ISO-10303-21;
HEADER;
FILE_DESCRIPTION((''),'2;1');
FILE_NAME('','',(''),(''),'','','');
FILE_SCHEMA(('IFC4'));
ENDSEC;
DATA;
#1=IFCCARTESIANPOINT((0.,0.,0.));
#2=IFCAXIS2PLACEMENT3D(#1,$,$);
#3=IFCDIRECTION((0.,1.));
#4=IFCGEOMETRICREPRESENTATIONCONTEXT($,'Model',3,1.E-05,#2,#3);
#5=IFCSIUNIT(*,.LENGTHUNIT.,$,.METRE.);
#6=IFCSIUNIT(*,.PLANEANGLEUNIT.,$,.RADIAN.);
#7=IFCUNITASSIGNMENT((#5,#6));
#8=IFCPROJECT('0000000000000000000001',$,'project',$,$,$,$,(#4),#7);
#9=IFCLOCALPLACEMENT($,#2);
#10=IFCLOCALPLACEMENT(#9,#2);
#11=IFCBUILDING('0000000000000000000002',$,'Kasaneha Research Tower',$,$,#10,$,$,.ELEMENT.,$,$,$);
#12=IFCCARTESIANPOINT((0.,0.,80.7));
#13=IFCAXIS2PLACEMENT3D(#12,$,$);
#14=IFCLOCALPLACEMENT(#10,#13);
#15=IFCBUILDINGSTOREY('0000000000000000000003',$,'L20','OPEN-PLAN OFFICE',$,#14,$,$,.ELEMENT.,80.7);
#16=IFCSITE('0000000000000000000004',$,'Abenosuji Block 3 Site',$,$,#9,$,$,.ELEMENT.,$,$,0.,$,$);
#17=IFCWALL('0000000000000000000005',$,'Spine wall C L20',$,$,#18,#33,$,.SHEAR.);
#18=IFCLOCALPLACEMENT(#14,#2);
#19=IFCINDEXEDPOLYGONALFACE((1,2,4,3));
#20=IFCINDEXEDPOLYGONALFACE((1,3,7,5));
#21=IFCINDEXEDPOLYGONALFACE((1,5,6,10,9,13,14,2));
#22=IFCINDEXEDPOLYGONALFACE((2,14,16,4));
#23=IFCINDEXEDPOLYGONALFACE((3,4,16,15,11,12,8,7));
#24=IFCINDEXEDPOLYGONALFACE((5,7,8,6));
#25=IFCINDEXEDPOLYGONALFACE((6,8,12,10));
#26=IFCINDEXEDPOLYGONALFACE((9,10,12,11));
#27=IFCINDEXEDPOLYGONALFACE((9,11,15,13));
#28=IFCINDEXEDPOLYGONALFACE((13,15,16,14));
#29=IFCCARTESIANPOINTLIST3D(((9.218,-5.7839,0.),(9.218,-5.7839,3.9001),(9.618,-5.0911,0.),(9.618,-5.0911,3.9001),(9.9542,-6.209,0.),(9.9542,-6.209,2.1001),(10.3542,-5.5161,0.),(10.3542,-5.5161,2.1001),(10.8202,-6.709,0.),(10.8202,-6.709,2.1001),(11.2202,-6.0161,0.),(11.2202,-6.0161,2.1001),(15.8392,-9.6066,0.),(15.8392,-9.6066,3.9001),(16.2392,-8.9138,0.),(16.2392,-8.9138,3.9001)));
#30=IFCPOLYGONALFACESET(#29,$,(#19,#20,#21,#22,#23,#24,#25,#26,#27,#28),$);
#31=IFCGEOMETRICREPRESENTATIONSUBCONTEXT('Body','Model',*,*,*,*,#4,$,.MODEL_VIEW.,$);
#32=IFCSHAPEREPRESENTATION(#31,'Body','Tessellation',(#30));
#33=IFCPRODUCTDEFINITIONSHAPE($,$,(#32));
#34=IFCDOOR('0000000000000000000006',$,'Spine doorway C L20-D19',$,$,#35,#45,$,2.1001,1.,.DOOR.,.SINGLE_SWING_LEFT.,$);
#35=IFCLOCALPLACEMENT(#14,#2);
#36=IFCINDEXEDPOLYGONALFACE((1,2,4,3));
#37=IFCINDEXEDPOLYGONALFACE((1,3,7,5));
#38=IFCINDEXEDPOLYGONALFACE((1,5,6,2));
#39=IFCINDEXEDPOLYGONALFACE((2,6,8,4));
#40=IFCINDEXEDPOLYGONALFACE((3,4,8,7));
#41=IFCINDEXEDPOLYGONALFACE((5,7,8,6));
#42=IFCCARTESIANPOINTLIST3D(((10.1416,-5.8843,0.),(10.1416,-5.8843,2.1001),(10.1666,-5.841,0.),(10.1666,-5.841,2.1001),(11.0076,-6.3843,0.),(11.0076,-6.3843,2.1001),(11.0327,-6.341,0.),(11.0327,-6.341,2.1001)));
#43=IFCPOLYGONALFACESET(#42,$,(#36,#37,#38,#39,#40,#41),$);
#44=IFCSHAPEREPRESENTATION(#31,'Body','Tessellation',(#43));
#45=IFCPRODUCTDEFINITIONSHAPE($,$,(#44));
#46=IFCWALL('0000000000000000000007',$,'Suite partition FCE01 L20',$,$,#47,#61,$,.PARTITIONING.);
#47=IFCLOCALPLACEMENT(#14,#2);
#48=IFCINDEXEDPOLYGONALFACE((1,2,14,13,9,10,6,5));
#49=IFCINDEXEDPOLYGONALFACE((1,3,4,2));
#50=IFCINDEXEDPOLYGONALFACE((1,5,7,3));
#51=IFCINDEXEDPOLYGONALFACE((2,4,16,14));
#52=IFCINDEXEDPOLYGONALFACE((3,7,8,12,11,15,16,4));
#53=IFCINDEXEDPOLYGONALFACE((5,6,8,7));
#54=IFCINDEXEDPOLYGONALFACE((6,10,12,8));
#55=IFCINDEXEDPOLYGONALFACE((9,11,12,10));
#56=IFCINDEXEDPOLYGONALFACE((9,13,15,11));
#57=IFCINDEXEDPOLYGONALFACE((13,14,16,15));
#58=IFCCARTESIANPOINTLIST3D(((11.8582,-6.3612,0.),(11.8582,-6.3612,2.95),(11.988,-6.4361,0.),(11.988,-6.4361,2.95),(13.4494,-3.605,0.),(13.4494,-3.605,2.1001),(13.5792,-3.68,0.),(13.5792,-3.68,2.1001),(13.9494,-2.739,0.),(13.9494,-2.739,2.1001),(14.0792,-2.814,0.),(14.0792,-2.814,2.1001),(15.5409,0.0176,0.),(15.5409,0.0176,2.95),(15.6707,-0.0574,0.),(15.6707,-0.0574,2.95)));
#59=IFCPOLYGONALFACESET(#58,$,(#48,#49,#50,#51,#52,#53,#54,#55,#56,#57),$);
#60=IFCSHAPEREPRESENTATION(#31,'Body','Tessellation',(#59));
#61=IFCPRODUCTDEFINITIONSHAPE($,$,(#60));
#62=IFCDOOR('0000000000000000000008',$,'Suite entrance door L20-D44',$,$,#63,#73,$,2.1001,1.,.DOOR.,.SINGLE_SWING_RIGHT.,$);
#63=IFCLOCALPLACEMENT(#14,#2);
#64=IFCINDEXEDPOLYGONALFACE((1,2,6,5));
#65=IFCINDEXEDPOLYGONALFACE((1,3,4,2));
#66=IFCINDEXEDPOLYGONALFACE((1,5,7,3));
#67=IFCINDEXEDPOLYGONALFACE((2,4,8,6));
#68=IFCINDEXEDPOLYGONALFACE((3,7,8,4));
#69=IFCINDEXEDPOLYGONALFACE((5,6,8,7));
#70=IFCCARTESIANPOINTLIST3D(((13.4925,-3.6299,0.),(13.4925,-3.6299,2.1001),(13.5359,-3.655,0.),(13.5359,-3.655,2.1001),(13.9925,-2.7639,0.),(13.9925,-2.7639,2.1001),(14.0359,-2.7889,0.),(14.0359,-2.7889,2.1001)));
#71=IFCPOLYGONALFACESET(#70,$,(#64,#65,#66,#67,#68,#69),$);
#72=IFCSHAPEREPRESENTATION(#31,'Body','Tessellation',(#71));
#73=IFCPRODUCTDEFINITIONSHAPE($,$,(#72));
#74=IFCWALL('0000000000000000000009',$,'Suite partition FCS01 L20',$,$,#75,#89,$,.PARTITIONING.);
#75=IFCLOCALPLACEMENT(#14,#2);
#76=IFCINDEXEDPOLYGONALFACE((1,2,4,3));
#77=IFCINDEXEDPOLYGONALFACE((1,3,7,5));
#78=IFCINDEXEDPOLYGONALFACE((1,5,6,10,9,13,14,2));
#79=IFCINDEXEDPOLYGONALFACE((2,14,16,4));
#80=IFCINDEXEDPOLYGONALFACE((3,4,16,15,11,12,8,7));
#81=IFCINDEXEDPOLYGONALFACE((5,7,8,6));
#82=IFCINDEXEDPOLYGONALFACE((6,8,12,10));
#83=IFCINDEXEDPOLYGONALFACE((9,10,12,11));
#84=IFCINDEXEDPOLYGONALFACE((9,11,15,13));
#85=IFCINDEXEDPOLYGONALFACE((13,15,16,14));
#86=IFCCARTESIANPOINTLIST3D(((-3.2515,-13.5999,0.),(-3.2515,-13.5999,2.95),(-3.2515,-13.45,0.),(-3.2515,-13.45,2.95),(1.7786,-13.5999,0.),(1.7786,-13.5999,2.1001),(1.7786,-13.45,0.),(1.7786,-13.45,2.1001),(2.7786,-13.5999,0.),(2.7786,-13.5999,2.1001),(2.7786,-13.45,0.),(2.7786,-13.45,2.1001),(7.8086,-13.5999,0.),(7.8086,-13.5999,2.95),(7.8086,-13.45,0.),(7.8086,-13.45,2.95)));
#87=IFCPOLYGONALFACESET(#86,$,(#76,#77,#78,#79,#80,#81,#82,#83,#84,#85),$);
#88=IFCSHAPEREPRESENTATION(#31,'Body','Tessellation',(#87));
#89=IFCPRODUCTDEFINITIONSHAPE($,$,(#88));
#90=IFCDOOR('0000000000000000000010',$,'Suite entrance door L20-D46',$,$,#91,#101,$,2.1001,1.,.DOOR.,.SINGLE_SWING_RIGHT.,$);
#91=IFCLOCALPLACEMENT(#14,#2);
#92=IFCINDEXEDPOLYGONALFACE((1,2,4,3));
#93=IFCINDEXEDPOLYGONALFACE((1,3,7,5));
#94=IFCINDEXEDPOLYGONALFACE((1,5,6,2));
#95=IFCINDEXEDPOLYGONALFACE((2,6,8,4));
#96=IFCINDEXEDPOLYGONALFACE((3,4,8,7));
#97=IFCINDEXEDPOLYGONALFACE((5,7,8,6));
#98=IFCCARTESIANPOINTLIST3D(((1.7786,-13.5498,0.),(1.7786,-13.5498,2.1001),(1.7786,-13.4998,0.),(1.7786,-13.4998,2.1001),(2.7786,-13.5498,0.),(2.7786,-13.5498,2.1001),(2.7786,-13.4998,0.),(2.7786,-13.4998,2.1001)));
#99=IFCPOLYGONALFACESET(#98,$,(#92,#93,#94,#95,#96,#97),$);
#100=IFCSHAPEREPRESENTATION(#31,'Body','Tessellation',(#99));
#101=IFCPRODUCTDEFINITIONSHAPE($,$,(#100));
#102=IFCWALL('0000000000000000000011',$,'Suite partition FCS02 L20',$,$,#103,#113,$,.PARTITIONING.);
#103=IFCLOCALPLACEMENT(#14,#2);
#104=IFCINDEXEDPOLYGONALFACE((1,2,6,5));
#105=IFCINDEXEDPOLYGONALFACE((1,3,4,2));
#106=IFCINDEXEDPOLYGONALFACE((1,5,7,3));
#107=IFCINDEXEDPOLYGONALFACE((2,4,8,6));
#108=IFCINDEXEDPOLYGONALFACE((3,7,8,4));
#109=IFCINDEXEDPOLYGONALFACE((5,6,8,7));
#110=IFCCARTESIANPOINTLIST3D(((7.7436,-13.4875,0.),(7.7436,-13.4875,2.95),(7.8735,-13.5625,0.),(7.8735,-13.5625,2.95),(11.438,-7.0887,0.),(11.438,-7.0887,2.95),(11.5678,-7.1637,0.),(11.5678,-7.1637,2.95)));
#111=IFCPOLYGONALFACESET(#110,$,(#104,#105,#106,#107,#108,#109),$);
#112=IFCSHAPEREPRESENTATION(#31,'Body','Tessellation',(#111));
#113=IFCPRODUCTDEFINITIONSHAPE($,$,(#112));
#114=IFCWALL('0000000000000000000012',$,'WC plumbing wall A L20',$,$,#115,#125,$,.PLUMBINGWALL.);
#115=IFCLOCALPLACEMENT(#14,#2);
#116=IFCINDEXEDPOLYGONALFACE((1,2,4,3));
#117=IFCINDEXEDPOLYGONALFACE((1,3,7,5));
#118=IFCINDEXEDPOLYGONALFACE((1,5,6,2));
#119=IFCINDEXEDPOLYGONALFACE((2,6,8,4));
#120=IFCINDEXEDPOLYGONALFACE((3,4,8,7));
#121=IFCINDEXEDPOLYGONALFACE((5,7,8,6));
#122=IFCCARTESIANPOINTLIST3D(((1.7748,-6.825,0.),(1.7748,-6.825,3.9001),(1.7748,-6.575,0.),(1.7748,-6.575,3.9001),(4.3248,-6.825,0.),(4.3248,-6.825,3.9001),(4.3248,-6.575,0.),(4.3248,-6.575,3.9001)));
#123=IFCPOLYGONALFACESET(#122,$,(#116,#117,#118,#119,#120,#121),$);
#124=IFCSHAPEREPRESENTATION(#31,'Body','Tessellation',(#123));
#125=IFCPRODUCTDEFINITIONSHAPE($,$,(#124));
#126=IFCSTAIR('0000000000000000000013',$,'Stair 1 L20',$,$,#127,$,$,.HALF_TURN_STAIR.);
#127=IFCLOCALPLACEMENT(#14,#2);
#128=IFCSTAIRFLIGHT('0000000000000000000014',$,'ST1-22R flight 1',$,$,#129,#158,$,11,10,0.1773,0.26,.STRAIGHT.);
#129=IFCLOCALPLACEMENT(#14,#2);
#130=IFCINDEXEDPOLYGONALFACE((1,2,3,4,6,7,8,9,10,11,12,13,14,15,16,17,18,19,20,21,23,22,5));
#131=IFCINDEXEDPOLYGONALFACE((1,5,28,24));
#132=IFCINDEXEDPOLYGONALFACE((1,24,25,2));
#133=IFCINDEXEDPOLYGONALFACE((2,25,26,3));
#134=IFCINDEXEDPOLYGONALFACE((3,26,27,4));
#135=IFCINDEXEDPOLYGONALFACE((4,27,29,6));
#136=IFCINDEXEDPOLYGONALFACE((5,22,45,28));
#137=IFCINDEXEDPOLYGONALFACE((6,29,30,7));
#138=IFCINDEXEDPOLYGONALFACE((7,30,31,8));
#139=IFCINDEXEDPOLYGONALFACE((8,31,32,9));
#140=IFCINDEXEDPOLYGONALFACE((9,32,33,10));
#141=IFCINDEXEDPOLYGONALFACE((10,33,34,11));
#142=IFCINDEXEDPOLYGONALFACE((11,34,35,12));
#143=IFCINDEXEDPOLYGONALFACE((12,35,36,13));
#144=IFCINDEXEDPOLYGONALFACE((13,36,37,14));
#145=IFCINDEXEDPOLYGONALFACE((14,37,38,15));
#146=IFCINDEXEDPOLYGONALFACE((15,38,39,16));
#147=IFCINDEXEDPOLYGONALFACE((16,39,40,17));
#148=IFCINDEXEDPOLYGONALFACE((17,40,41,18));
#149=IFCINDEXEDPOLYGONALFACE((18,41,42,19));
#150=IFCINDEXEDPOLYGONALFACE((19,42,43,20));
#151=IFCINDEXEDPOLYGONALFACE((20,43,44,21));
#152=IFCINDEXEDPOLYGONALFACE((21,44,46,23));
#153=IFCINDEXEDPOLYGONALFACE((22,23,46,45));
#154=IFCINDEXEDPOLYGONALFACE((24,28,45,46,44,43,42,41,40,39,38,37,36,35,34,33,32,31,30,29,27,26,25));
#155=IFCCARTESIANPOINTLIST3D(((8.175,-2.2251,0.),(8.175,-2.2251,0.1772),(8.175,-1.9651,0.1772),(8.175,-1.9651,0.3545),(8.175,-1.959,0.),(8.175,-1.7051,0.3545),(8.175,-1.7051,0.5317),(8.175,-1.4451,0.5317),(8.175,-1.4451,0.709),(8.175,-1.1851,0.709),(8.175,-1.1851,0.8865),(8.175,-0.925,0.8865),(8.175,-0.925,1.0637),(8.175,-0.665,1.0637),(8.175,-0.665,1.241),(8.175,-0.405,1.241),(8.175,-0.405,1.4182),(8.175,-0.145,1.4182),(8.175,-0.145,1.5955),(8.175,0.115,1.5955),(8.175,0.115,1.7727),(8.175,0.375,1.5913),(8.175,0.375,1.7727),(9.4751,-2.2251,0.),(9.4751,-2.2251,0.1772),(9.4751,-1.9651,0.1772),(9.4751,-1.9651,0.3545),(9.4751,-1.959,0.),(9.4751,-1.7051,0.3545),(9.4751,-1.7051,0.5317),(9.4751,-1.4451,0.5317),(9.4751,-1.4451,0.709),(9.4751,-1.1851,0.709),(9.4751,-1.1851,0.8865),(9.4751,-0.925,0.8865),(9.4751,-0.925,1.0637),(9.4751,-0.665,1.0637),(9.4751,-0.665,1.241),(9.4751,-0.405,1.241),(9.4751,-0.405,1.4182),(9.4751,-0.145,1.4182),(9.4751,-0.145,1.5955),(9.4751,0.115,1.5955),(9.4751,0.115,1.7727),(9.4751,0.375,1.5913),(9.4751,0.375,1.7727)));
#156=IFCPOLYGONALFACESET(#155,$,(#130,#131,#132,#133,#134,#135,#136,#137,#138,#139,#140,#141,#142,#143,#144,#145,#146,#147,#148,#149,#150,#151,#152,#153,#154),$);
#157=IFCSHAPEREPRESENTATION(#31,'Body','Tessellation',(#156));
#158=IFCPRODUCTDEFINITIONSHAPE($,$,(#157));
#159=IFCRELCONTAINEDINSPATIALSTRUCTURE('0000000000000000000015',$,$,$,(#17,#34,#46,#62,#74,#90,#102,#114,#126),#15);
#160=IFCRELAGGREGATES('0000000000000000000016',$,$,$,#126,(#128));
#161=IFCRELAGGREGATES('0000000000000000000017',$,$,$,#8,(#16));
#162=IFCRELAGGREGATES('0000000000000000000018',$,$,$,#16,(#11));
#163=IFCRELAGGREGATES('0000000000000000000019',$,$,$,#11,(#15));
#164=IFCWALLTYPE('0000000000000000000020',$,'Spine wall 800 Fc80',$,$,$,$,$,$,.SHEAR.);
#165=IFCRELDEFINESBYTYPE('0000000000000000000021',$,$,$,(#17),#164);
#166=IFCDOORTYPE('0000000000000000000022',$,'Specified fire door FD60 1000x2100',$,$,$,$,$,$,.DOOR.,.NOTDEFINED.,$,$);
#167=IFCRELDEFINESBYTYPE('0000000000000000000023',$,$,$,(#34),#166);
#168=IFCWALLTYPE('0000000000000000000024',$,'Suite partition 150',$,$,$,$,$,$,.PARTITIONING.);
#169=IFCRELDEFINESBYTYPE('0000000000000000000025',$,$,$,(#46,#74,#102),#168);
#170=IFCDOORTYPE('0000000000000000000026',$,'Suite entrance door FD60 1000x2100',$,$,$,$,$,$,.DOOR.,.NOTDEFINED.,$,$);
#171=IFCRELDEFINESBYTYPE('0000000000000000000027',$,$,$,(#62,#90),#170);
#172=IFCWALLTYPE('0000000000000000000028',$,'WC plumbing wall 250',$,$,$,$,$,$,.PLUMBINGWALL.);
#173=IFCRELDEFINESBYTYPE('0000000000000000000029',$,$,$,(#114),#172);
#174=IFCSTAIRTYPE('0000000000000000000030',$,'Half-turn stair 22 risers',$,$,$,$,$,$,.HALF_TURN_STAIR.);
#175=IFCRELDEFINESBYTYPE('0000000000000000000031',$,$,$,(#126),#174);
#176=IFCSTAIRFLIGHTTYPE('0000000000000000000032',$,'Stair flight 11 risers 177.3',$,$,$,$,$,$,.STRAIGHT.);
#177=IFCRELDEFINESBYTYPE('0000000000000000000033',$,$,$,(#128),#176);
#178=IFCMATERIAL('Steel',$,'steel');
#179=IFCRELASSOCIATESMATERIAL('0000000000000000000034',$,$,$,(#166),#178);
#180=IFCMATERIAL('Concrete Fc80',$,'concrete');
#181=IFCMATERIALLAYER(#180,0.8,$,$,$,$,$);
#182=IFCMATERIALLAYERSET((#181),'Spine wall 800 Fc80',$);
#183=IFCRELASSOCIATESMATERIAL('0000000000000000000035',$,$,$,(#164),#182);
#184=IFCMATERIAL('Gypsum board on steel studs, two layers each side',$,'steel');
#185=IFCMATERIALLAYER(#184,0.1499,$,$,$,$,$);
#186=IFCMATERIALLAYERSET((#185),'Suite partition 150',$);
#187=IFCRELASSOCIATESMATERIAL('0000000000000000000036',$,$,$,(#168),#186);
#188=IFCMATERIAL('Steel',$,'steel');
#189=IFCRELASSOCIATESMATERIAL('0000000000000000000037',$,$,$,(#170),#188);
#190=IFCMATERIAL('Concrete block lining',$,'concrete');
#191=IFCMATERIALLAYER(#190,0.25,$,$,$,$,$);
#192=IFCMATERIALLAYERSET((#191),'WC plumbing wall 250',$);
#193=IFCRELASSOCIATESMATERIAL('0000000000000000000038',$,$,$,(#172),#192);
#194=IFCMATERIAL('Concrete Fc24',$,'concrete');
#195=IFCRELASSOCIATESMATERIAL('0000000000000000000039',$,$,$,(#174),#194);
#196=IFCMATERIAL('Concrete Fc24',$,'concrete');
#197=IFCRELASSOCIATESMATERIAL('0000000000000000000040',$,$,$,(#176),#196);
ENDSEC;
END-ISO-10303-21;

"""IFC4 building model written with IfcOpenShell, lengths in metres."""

from ifc_helpers import new_model, si_unit, direction, frame, frame_2d, origin, place, context, subcontext, project, spatial, polyline, rectangle, outline, extrude, material, layer, layer_set, type_object, element, fill, aggregate, save


model = new_model("IFC4")

# Units and contexts
model_context = context("Model", 3, precision=1e-05, world=origin(), true_north=direction((0.0, 1.0)))
body_context = subcontext(model_context, "Body", "Model", "MODEL_VIEW")
ifc_project = project(units=[si_unit("LENGTHUNIT", "METRE"), si_unit("PLANEANGLEUNIT", "RADIAN")], contexts=[model_context])

# Site, building, storey
site_placement = place(None, origin())
site = spatial("IfcSite", under=ifc_project, at=site_placement, Name="Abenosuji Block 3 Site", CompositionType="ELEMENT", RefElevation=0.0)
building_placement = place(site_placement, origin())
building = spatial("IfcBuilding", under=site, at=building_placement, Name="Kasaneha Research Tower", CompositionType="ELEMENT")
storey_placement = place(building_placement, frame((0.0, 0.0, 80.7)))
storey = spatial("IfcBuildingStorey", under=building, at=storey_placement, Name="L20", Description="OPEN-PLAN OFFICE", CompositionType="ELEMENT", Elevation=80.7)

# Shared definitions
ifc_material_1 = material(Name="Steel", Category="steel")
door_type_1 = type_object("IfcDoorType", Name="Specified fire door FD60 1000x2100", OperationType="NOTDEFINED", PredefinedType="DOOR", material=ifc_material_1)

# Walls, openings, doors
ifc_material_2 = material(Name="Concrete Fc80", Category="concrete")
ifc_layer_1 = layer(ifc_material_2, 0.8)
ifc_layer_set_1 = layer_set([ifc_layer_1], Name="Spine wall 800 Fc80")
wall_type_1 = type_object("IfcWallType", Name="Spine wall 800 Fc80", PredefinedType="SHEAR", material=ifc_layer_set_1)
wall_1_placement = place(storey_placement, frame((9.418, -5.4375, 0.0), z_axis=(0.0, 0.0, 1.0), x_axis=(0.86603, -0.499992, 0.0)))
wall_1 = element("IfcWall", 1, at=wall_1_placement, inside=storey, type_object=wall_type_1, Name="Spine wall C L20", PredefinedType="SHEAR", context=body_context, shape_type="SweptSolid", body=[
    extrude(rectangle(XDim=7.6455, YDim=0.8, at=frame_2d((3.8228, 0.0))), origin(), (0.0, 0.0, 1.0), 3.9001),
])
opening_1_placement = place(wall_1_placement, frame((0.8501, 0.0, 0.0)))
opening_1 = element("IfcOpeningElement", 2, at=opening_1_placement, cuts=wall_1, PredefinedType="OPENING", context=body_context, shape_type="SweptSolid", body=[
    extrude(rectangle(XDim=1.0, YDim=2.1001, at=frame_2d((0.5, 1.05))), frame((0.0, 0.4102, 0.0), z_axis=(0.0, -1.0, 0.0), x_axis=(1.0, 0.0, 0.0)), (0.0, 0.0, 1.0), 0.8201),
])
door_1_placement = place(opening_1_placement, origin())
door_1 = element("IfcDoor", 3, at=door_1_placement, inside=storey, type_object=door_type_1, Name="Spine doorway C L20-D19", OperationType="SINGLE_SWING_LEFT", OverallHeight=2.1001, OverallWidth=1.0, PredefinedType="DOOR", context=body_context, shape_type="SweptSolid", body=[
    extrude(rectangle(XDim=1.0, YDim=2.1001, at=frame_2d((0.5, 1.05))), frame((0.0, 0.0249, 0.0), z_axis=(0.0, -1.0, 0.0), x_axis=(1.0, 0.0, 0.0)), (0.0, 0.0, 1.0), 0.05),
])
fill(opening_1, door_1)
ifc_material_3 = material(Name="Gypsum board on steel studs, two layers each side", Category="steel")
ifc_layer_2 = layer(ifc_material_3, 0.1499)
ifc_layer_set_2 = layer_set([ifc_layer_2], Name="Suite partition 150")
wall_type_2 = type_object("IfcWallType", Name="Suite partition 150", PredefinedType="PARTITIONING", material=ifc_layer_set_2)
wall_2_placement = place(storey_placement, frame((15.6057, -0.02, 0.0), z_axis=(0.0, 0.0, 1.0), x_axis=(-0.499989, -0.866032, 0.0)))
wall_2 = element("IfcWall", 4, at=wall_2_placement, inside=storey, type_object=wall_type_2, Name="Suite partition FCE01 L20", PredefinedType="PARTITIONING", context=body_context, shape_type="SweptSolid", body=[
    extrude(rectangle(XDim=7.3655, YDim=0.1499, at=frame_2d((3.6826, 0.0))), origin(), (0.0, 0.0, 1.0), 2.95),
])
opening_2_placement = place(wall_2_placement, frame((3.1829, 0.0, 0.0)))
opening_2 = element("IfcOpeningElement", 5, at=opening_2_placement, cuts=wall_2, PredefinedType="OPENING", context=body_context, shape_type="SweptSolid", body=[
    extrude(rectangle(XDim=1.0, YDim=2.1001, at=frame_2d((0.5, 1.05))), frame((0.0, 0.085, 0.0), z_axis=(0.0, -1.0, 0.0), x_axis=(1.0, 0.0, 0.0)), (0.0, 0.0, 1.0), 0.1699),
])
ifc_material_4 = material(Name="Steel", Category="steel")
door_type_2 = type_object("IfcDoorType", Name="Suite entrance door FD60 1000x2100", OperationType="NOTDEFINED", PredefinedType="DOOR", material=ifc_material_4)
door_2_placement = place(opening_2_placement, origin())
door_2 = element("IfcDoor", 6, at=door_2_placement, inside=storey, type_object=door_type_2, Name="Suite entrance door L20-D44", OperationType="SINGLE_SWING_RIGHT", OverallHeight=2.1001, OverallWidth=1.0, PredefinedType="DOOR", context=body_context, shape_type="SweptSolid", body=[
    extrude(rectangle(XDim=1.0, YDim=2.1001, at=frame_2d((0.5, 1.05))), frame((0.0, 0.0249, 0.0), z_axis=(0.0, -1.0, 0.0), x_axis=(1.0, 0.0, 0.0)), (0.0, 0.0, 1.0), 0.05),
])
fill(opening_2, door_2)
wall_3_placement = place(storey_placement, frame((7.8086, -13.5249, 0.0), z_axis=(0.0, 0.0, 1.0), x_axis=(-1.0, 0.0, 0.0)))
wall_3 = element("IfcWall", 7, at=wall_3_placement, inside=storey, type_object=wall_type_2, Name="Suite partition FCS01 L20", PredefinedType="PARTITIONING", context=body_context, shape_type="SweptSolid", body=[
    extrude(rectangle(XDim=11.0601, YDim=0.1499, at=frame_2d((5.53, 0.0))), origin(), (0.0, 0.0, 1.0), 2.95),
])
opening_3_placement = place(wall_3_placement, frame((5.03, 0.0, 0.0)))
opening_3 = element("IfcOpeningElement", 8, at=opening_3_placement, cuts=wall_3, PredefinedType="OPENING", context=body_context, shape_type="SweptSolid", body=[
    extrude(rectangle(XDim=1.0, YDim=2.1001, at=frame_2d((0.5, 1.05))), frame((0.0, 0.085, 0.0), z_axis=(0.0, -1.0, 0.0), x_axis=(1.0, 0.0, 0.0)), (0.0, 0.0, 1.0), 0.1699),
])
door_3_placement = place(opening_3_placement, origin())
door_3 = element("IfcDoor", 9, at=door_3_placement, inside=storey, type_object=door_type_2, Name="Suite entrance door L20-D46", OperationType="SINGLE_SWING_RIGHT", OverallHeight=2.1001, OverallWidth=1.0, PredefinedType="DOOR", context=body_context, shape_type="SweptSolid", body=[
    extrude(rectangle(XDim=1.0, YDim=2.1001, at=frame_2d((0.5, 1.05))), frame((0.0, 0.0249, 0.0), z_axis=(0.0, -1.0, 0.0), x_axis=(1.0, 0.0, 0.0)), (0.0, 0.0, 1.0), 0.05),
])
fill(opening_3, door_3)

# Walls
wall_4_placement = place(storey_placement, frame((11.5029, -7.1262, 0.0), z_axis=(0.0, 0.0, 1.0), x_axis=(-0.500006, -0.866022, 0.0)))
element("IfcWall", 10, at=wall_4_placement, inside=storey, type_object=wall_type_2, Name="Suite partition FCS02 L20", PredefinedType="PARTITIONING", context=body_context, shape_type="SweptSolid", body=[
    extrude(rectangle(XDim=7.3887, YDim=0.1499, at=frame_2d((3.6943, 0.0))), origin(), (0.0, 0.0, 1.0), 2.95),
])
ifc_material_5 = material(Name="Concrete block lining", Category="concrete")
ifc_layer_3 = layer(ifc_material_5, 0.25)
ifc_layer_set_3 = layer_set([ifc_layer_3], Name="WC plumbing wall 250")
wall_type_3 = type_object("IfcWallType", Name="WC plumbing wall 250", PredefinedType="PLUMBINGWALL", material=ifc_layer_set_3)
wall_5_placement = place(storey_placement, frame((1.7749, -6.7, 0.0), z_axis=(0.0, 0.0, 1.0), x_axis=(1.0, 0.0, 0.0)))
element("IfcWall", 11, at=wall_5_placement, inside=storey, type_object=wall_type_3, Name="WC plumbing wall A L20", PredefinedType="PLUMBINGWALL", context=body_context, shape_type="SweptSolid", body=[
    extrude(rectangle(XDim=2.55, YDim=0.25, at=frame_2d((1.2749, 0.0))), origin(), (0.0, 0.0, 1.0), 3.9001),
])

# Stair, stair flight
ifc_material_6 = material(Name="Concrete Fc24", Category="concrete")
stair_type = type_object("IfcStairType", Name="Half-turn stair 22 risers", PredefinedType="HALF_TURN_STAIR", material=ifc_material_6)
stair_placement = place(storey_placement, origin())
stair = element("IfcStair", 12, at=stair_placement, inside=storey, type_object=stair_type, Name="Stair 1 L20", PredefinedType="HALF_TURN_STAIR")
ifc_material_7 = material(Name="Concrete Fc24", Category="concrete")
stair_flight_type = type_object("IfcStairFlightType", Name="Stair flight 11 risers 177.3", PredefinedType="STRAIGHT", material=ifc_material_7)
stair_flight_placement = place(storey_placement, frame((8.825, -2.2251, 0.0), z_axis=(0.0, 0.0, 1.0), x_axis=(0.0, 1.0, 0.0)))
stair_flight = element("IfcStairFlight", 13, at=stair_flight_placement, type_object=stair_flight_type, Name="ST1-22R flight 1", NumberOfRisers=11, NumberOfTreads=10, PredefinedType="STRAIGHT", RiserHeight=0.1773, TreadLength=0.26, context=body_context, shape_type="SweptSolid", body=[
    extrude(outline(polyline([(0.0, 0.0), (0.0, 0.1772), (0.26, 0.1772), (0.26, 0.3545), (0.52, 0.3545), (0.52, 0.5317), (0.78, 0.5317), (0.78, 0.709), (1.04, 0.709), (1.04, 0.8865), (1.3, 0.8865), (1.3, 1.0637), (1.5601, 1.0637), (1.5601, 1.241), (1.8201, 1.241), (1.8201, 1.4182), (2.0801, 1.4182), (2.0801, 1.5955), (2.3401, 1.5955), (2.3401, 1.7727), (2.6001, 1.7727), (2.6001, 1.95), (2.6001, 1.5913), (0.2661, 0.0), (0.0, 0.0)])), frame((0.0, 0.6499, 0.0), z_axis=(0.0, -1.0, 0.0), x_axis=(1.0, 0.0, 0.0)), (0.0, 0.0, 1.0), 1.3),
])
aggregate(stair, [stair_flight])

save(model, "model.ifc")
